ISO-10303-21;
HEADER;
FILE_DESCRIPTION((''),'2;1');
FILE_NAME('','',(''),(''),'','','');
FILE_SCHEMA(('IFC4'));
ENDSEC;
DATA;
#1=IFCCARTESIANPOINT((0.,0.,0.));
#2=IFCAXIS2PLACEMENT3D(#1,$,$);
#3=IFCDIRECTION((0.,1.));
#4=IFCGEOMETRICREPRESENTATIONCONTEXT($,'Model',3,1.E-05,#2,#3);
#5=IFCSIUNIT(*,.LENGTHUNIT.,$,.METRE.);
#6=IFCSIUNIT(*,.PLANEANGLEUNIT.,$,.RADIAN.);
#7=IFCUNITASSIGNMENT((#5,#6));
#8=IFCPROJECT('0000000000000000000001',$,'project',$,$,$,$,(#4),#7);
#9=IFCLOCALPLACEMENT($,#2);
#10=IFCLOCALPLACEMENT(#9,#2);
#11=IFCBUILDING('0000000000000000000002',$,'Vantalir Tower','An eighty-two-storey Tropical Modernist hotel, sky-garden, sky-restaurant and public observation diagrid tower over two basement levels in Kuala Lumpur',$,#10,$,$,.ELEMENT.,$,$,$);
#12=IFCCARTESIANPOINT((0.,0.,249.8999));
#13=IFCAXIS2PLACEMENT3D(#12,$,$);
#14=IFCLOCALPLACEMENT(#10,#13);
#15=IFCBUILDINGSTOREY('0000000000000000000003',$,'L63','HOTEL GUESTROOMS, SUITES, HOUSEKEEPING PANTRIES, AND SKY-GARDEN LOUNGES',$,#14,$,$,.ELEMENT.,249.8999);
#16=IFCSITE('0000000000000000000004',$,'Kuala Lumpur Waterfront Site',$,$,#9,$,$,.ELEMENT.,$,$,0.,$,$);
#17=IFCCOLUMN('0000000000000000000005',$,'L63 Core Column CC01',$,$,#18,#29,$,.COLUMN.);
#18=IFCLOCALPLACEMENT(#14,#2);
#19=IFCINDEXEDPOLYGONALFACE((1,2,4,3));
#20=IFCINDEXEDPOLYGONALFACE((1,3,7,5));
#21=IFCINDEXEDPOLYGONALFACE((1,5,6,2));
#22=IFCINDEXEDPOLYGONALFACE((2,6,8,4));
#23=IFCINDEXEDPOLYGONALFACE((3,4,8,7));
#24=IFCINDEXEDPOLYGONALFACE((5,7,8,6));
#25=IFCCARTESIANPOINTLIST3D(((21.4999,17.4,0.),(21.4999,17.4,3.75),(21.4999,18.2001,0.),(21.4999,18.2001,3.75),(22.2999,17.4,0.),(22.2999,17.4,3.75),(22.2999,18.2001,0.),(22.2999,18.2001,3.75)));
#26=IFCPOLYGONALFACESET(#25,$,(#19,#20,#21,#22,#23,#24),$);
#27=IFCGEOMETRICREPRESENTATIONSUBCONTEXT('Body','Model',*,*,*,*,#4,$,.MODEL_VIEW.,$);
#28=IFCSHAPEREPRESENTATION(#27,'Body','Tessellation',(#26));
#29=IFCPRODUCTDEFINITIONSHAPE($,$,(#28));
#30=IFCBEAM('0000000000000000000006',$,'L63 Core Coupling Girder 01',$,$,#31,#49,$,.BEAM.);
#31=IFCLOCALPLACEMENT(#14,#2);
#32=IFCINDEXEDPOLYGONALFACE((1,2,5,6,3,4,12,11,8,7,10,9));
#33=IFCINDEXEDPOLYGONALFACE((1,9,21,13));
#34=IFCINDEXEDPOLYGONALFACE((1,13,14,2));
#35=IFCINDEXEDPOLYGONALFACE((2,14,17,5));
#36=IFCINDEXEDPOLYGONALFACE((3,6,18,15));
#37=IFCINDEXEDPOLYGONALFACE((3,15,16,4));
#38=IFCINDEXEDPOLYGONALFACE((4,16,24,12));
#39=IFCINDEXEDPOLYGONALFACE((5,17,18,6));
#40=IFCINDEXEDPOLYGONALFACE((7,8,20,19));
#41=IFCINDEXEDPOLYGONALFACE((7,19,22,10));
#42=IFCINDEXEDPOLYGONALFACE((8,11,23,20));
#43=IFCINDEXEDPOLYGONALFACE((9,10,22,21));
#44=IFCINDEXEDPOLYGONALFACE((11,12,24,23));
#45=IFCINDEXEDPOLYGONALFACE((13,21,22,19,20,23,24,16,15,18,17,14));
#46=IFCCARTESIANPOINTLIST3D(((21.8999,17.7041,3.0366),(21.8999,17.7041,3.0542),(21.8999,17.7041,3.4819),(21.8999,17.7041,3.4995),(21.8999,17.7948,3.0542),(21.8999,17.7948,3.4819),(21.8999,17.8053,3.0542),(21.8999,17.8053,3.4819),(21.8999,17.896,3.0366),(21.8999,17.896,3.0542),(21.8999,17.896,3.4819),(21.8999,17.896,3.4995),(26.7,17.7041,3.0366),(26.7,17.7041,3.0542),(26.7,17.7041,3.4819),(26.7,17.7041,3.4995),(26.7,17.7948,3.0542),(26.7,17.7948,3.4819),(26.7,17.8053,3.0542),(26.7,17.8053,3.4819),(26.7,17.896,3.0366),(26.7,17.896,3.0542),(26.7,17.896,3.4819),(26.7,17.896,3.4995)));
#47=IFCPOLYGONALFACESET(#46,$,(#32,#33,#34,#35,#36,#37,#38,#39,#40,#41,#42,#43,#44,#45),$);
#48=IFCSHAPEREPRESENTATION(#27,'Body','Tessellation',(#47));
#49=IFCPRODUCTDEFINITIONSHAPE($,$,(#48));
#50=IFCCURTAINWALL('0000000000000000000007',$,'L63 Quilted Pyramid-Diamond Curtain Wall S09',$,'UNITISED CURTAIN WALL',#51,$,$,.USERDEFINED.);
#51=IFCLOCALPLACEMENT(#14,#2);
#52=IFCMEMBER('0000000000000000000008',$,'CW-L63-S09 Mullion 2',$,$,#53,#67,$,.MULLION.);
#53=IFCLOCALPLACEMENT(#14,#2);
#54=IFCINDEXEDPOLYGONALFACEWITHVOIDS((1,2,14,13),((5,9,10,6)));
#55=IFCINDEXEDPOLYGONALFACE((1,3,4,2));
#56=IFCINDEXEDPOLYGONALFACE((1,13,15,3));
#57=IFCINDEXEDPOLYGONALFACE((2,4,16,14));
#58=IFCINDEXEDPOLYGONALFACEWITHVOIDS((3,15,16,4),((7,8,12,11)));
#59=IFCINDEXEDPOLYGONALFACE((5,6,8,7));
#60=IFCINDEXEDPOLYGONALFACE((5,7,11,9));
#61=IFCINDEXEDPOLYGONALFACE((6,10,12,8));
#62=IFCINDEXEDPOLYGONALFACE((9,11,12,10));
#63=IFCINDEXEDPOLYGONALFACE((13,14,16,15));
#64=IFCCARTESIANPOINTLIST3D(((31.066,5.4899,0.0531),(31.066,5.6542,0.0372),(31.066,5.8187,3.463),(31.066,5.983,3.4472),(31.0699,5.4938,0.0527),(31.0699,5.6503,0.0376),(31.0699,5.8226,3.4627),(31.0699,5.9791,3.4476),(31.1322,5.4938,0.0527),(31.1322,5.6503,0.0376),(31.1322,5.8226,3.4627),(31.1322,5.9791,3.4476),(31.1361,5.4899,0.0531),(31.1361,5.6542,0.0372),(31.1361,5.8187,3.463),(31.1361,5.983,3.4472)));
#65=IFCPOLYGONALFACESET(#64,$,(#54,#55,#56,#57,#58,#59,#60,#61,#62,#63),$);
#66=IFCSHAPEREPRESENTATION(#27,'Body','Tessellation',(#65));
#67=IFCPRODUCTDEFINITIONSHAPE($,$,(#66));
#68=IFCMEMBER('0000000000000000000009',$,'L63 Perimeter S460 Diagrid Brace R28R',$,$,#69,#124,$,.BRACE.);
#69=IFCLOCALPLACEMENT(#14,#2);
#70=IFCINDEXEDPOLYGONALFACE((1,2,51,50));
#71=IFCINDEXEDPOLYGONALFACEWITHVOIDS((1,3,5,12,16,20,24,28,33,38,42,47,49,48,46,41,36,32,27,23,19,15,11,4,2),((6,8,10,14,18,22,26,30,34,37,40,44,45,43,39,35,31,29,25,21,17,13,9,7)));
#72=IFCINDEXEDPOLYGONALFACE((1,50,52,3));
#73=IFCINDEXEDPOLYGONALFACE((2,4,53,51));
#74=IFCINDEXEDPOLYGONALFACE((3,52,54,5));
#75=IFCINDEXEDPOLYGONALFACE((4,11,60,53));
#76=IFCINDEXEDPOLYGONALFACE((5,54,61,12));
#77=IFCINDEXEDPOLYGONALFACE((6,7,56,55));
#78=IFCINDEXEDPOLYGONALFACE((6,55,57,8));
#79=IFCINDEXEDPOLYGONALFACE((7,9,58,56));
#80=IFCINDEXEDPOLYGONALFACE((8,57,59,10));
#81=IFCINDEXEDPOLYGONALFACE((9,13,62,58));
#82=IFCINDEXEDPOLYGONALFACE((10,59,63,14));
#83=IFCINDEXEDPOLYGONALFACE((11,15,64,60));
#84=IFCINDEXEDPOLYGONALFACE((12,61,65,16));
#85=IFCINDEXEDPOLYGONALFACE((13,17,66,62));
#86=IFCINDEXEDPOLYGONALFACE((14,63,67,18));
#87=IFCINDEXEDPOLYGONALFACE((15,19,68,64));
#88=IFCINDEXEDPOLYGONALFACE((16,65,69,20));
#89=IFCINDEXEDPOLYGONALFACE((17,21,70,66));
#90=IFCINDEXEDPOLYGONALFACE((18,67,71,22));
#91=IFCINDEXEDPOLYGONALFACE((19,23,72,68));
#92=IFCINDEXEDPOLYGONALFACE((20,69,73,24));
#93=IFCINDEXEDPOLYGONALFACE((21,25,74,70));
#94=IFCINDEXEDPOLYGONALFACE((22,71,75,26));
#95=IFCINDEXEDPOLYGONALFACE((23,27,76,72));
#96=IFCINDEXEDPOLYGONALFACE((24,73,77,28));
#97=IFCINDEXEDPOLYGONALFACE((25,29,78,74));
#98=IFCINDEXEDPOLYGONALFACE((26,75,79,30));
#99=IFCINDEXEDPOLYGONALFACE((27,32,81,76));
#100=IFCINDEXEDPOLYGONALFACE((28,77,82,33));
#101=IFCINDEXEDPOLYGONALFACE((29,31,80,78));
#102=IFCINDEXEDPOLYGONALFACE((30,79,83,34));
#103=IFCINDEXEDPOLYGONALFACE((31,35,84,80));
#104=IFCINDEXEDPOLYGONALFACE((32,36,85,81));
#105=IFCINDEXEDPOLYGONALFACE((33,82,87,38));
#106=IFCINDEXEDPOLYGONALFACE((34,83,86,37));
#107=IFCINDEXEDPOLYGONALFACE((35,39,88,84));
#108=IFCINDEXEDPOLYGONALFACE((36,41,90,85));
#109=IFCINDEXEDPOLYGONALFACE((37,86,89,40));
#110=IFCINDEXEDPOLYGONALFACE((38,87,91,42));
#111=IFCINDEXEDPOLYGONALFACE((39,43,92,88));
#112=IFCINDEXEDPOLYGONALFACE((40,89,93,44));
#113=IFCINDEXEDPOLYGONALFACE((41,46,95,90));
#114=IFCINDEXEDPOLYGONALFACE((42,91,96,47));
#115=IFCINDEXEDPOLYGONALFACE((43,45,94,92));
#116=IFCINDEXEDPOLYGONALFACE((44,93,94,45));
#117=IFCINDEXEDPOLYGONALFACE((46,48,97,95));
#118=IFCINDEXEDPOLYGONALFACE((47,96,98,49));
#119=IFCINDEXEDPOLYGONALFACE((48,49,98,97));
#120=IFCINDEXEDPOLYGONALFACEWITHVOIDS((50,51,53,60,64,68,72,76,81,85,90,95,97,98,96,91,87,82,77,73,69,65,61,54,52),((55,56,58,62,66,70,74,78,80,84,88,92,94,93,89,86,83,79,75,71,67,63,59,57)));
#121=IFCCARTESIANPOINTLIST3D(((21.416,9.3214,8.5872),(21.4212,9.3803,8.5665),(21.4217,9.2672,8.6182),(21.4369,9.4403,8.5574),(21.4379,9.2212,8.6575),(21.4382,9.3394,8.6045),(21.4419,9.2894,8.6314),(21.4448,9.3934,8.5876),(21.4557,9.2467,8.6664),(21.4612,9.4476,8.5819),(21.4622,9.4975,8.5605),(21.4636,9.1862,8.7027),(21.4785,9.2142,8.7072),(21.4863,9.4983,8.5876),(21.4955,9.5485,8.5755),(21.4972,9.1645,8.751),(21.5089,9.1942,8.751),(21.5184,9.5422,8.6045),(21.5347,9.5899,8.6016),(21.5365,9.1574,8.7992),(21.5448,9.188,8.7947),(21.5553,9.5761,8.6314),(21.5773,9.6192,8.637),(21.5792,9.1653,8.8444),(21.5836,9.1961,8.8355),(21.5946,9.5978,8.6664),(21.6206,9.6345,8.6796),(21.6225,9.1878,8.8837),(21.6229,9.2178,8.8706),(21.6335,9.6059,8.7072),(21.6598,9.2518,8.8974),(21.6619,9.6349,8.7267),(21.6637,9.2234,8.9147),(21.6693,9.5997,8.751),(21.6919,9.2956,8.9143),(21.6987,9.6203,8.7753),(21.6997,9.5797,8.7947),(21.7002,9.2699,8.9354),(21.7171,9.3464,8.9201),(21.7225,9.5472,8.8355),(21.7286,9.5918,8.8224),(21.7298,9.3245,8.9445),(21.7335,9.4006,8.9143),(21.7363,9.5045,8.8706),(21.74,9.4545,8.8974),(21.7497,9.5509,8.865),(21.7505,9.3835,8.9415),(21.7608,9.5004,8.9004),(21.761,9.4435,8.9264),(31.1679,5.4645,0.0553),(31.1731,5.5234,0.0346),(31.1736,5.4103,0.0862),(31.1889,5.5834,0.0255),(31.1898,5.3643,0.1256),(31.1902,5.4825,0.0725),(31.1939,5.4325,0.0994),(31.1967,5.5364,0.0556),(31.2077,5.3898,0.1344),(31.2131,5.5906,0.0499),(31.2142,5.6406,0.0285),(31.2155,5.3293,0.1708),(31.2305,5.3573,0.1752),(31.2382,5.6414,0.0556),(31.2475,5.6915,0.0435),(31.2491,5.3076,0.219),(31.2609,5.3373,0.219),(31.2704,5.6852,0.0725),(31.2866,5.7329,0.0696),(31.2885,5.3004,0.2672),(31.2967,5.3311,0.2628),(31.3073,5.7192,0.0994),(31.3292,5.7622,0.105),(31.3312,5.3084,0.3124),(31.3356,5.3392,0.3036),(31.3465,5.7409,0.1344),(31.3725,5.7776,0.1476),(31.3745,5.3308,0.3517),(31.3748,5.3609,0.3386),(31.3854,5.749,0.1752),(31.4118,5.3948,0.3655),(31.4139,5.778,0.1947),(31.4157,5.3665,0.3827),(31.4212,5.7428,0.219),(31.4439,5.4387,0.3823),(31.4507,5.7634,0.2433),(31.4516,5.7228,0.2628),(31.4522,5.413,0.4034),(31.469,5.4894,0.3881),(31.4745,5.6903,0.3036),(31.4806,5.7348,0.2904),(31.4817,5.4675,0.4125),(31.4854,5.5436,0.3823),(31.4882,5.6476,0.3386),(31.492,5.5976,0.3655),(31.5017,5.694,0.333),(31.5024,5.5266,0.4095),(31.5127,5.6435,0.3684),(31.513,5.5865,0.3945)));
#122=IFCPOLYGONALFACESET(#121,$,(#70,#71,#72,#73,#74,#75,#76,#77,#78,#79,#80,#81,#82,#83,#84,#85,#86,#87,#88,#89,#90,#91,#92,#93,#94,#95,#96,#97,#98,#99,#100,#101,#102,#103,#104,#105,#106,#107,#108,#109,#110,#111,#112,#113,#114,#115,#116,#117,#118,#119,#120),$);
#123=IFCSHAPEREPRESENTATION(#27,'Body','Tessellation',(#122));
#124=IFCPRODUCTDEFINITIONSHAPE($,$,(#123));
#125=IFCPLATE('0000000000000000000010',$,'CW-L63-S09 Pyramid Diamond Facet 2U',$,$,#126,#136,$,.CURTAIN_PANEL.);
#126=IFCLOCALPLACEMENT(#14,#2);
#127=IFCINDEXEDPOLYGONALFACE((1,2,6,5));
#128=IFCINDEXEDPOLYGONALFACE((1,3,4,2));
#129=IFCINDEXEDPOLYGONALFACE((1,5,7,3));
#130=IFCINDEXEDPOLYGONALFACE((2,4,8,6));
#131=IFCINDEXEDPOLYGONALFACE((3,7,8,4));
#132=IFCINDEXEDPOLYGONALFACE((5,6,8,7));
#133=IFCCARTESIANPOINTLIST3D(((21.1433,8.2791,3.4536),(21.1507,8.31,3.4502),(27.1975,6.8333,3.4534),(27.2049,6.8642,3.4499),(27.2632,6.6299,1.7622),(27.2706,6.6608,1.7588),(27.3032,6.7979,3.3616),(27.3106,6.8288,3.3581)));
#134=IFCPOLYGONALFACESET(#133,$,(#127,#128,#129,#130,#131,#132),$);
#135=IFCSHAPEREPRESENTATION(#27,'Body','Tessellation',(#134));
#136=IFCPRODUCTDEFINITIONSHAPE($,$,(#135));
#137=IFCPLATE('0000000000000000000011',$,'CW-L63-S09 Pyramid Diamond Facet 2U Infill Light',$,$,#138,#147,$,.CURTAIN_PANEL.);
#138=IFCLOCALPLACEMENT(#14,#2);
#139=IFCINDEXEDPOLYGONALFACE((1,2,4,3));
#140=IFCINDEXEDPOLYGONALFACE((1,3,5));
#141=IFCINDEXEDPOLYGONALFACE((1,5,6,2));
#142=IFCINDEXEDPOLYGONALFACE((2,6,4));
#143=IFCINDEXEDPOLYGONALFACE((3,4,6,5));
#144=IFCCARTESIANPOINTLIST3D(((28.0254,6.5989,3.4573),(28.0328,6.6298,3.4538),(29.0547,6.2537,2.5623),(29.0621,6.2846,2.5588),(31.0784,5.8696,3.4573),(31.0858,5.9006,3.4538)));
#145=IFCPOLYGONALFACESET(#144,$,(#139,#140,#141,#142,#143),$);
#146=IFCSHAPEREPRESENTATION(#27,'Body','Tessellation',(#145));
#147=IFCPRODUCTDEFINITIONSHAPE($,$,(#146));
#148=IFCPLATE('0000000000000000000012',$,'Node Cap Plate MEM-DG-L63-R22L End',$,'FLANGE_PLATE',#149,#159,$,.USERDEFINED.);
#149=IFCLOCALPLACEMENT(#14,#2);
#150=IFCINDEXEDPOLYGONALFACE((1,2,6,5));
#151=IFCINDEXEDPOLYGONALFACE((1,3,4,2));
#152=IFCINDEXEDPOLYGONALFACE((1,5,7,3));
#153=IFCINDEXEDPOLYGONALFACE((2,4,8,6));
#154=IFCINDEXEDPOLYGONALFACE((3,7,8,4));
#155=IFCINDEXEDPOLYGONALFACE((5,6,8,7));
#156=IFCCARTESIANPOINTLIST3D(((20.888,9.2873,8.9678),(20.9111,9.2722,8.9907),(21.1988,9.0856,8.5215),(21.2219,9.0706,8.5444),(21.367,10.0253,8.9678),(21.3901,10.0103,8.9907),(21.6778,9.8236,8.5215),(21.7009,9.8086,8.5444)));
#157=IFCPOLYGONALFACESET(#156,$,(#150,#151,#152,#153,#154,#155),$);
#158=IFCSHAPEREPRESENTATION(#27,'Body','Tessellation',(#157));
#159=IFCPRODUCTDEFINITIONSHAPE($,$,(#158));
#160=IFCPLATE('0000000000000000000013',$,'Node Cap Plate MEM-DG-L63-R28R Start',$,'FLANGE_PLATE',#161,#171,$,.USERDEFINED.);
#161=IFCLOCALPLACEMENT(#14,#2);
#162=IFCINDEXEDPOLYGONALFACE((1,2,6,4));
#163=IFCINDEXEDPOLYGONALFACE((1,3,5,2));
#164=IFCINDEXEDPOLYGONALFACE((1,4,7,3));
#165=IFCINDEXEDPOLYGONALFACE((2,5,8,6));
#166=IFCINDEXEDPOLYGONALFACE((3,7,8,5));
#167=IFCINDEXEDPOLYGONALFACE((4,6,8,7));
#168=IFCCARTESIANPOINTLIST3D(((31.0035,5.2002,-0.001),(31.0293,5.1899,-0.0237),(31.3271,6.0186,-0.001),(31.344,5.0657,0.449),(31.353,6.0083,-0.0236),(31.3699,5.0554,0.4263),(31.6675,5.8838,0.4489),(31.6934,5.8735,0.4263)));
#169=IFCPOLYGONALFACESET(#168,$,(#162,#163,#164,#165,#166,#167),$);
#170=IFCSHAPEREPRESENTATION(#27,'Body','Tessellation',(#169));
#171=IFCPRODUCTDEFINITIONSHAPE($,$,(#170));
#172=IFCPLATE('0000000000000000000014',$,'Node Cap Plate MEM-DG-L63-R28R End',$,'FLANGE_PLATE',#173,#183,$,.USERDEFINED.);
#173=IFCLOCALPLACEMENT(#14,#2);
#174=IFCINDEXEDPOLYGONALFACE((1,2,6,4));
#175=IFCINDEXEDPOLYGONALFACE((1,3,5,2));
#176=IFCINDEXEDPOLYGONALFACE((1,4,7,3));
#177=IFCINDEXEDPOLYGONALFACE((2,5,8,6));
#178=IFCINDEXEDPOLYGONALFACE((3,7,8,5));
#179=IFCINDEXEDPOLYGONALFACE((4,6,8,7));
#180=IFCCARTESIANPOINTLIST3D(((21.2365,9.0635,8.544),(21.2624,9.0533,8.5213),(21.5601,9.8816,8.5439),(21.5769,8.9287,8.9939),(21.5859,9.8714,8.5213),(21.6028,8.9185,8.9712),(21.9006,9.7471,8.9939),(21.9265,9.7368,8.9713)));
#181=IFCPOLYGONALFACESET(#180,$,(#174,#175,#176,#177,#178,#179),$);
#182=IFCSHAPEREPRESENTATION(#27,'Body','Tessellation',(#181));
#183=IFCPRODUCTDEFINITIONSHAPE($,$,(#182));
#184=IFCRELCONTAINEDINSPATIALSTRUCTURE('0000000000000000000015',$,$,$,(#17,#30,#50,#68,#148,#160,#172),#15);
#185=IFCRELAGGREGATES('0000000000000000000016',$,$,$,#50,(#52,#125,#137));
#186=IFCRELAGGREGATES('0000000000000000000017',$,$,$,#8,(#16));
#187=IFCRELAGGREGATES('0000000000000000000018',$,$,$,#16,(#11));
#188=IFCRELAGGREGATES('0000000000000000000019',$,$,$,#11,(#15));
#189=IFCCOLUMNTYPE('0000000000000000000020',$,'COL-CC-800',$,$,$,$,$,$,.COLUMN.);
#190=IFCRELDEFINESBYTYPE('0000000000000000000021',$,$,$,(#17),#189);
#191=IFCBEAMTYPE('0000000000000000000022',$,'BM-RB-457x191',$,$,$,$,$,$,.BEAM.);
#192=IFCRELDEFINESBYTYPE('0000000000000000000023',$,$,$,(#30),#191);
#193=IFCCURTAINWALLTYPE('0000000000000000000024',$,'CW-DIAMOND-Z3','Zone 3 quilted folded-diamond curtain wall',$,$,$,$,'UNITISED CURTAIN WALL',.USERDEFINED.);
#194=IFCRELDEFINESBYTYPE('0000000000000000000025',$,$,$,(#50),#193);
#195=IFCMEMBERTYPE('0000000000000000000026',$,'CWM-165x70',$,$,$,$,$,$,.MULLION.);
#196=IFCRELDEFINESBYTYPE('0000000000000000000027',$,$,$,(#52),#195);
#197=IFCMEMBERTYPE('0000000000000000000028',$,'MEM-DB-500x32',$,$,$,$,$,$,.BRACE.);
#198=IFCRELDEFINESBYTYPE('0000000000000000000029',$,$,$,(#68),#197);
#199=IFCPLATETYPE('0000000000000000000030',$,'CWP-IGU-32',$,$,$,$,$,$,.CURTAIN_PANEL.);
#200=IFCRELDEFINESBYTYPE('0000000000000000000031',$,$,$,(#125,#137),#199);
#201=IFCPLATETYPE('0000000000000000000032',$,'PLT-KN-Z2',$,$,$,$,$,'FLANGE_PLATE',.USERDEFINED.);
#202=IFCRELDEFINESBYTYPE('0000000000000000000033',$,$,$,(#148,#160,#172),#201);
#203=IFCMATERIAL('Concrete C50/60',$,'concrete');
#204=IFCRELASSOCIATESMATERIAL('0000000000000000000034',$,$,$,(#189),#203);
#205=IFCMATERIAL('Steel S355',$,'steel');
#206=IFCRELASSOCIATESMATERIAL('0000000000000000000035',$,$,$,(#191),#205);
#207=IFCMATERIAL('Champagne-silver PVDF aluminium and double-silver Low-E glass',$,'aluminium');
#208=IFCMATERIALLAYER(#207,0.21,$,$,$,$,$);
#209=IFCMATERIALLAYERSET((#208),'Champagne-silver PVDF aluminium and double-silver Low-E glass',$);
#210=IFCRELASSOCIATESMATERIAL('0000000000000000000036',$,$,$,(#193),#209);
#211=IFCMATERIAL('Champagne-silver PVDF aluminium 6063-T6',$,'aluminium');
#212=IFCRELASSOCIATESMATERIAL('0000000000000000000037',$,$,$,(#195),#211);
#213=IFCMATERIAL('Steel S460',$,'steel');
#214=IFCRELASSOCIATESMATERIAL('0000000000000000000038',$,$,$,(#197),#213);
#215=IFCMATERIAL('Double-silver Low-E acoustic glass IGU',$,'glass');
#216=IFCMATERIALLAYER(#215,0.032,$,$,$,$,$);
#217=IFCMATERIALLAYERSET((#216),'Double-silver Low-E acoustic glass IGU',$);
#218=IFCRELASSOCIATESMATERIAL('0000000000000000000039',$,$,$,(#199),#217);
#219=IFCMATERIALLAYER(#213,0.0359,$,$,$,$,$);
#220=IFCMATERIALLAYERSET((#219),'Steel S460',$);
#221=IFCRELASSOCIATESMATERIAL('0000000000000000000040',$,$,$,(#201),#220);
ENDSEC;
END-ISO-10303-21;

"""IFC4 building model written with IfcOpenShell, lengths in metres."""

from ifc_helpers import new_model, si_unit, direction, frame, origin, origin_2d, place, context, subcontext, project, spatial, polyline, rectangle, hollow_rectangle, hollow_circle, i_section, outline, extrude, material, layer, layer_set, material_profile, profile_set, type_object, element, aggregate, save


model = new_model("IFC4")

# Units and contexts
model_context = context("Model", 3, precision=1e-05, world=origin(), true_north=direction((0.0, 1.0)))
body_context = subcontext(model_context, "Body", "Model", "MODEL_VIEW")
ifc_project = project(units=[si_unit("LENGTHUNIT", "METRE"), si_unit("PLANEANGLEUNIT", "RADIAN")], contexts=[model_context])

# Site, building, storey
site_placement = place(None, origin())
site = spatial("IfcSite", under=ifc_project, at=site_placement, Name="Kuala Lumpur Waterfront Site", CompositionType="ELEMENT", RefElevation=0.0)
building_placement = place(site_placement, origin())
building = spatial("IfcBuilding", under=site, at=building_placement, Name="Vantalir Tower", Description="An eighty-two-storey Tropical Modernist hotel, sky-garden, sky-restaurant and public observation diagrid tower over two basement levels in Kuala Lumpur", CompositionType="ELEMENT")
storey_placement = place(building_placement, frame((0.0, 0.0, 249.8999)))
storey = spatial("IfcBuildingStorey", under=building, at=storey_placement, Name="L63", Description="HOTEL GUESTROOMS, SUITES, HOUSEKEEPING PANTRIES, AND SKY-GARDEN LOUNGES", CompositionType="ELEMENT", Elevation=249.8999)

# Column
ifc_material_1 = material(Name="Concrete C50/60", Category="concrete")
ifc_material_profile_1 = material_profile(ifc_material_1, rectangle(XDim=0.8, YDim=0.8, at=origin_2d()), Name="Concrete C50/60")
ifc_profile_set_1 = profile_set([ifc_material_profile_1], Name="Concrete C50/60")
column_type = type_object("IfcColumnType", Name="COL-CC-800", PredefinedType="COLUMN", material=ifc_profile_set_1)
column_placement = place(storey_placement, frame((21.8999, 17.8, 0.0), z_axis=(0.0, 0.0, 1.0), x_axis=(1.0, 0.0, 0.0)))
element("IfcColumn", 1, at=column_placement, inside=storey, type_object=column_type, Name="L63 Core Column CC01", PredefinedType="COLUMN", context=body_context, shape_type="SweptSolid", body=[
    extrude(rectangle(XDim=0.8, YDim=0.8, at=origin_2d()), origin(), (0.0, 0.0, 1.0), 3.75),
])

# Beam
ifc_material_2 = material(Name="Steel S355", Category="steel")
ifc_material_profile_2 = material_profile(ifc_material_2, i_section(OverallWidth=0.1919, OverallDepth=0.4629, WebThickness=0.0105, FlangeThickness=0.0176, at=origin_2d()), Name="Steel S355")
ifc_profile_set_2 = profile_set([ifc_material_profile_2], Name="Steel S355")
beam_type = type_object("IfcBeamType", Name="BM-RB-457x191", PredefinedType="BEAM", material=ifc_profile_set_2)
beam_placement = place(storey_placement, frame((21.8999, 17.8, 3.2681), z_axis=(1.0, 0.0, 0.0), x_axis=(0.0, 1.0, 0.0)))
element("IfcBeam", 2, at=beam_placement, inside=storey, type_object=beam_type, Name="L63 Core Coupling Girder 01", PredefinedType="BEAM", context=body_context, shape_type="SweptSolid", body=[
    extrude(i_section(OverallWidth=0.1919, OverallDepth=0.4629, WebThickness=0.0105, FlangeThickness=0.0176, at=origin_2d()), origin(), (0.0, 0.0, 1.0), 4.8),
])

# Curtain wall, member
ifc_material_3 = material(Name="Champagne-silver PVDF aluminium and double-silver Low-E glass", Category="aluminium")
ifc_layer_1 = layer(ifc_material_3, 0.21)
ifc_layer_set_1 = layer_set([ifc_layer_1], Name="Champagne-silver PVDF aluminium and double-silver Low-E glass")
curtain_wall_type = type_object("IfcCurtainWallType", Name="CW-DIAMOND-Z3", Description="Zone 3 quilted folded-diamond curtain wall", ElementType="UNITISED CURTAIN WALL", PredefinedType="USERDEFINED", material=ifc_layer_set_1)
curtain_wall_placement = place(storey_placement, origin())
curtain_wall = element("IfcCurtainWall", 3, at=curtain_wall_placement, inside=storey, type_object=curtain_wall_type, Name="L63 Quilted Pyramid-Diamond Curtain Wall S09", ObjectType="UNITISED CURTAIN WALL", PredefinedType="USERDEFINED")
ifc_material_4 = material(Name="Champagne-silver PVDF aluminium 6063-T6", Category="aluminium")
ifc_material_profile_3 = material_profile(ifc_material_4, hollow_rectangle(XDim=0.0701, YDim=0.165, WallThickness=0.0039, at=origin_2d()), Name="Champagne-silver PVDF aluminium 6063-T6")
ifc_profile_set_3 = profile_set([ifc_material_profile_3], Name="Champagne-silver PVDF aluminium 6063-T6")
member_type_1 = type_object("IfcMemberType", Name="CWM-165x70", PredefinedType="MULLION", material=ifc_profile_set_3)
member_1_placement = place(storey_placement, frame((31.1011, 5.572, 0.0452), z_axis=(0.0, 0.095996, 0.995382), x_axis=(-1.0, 0.0, 0.0)))
member_1 = element("IfcMember", 4, at=member_1_placement, type_object=member_type_1, Name="CW-L63-S09 Mullion 2", PredefinedType="MULLION", context=body_context, shape_type="SweptSolid", body=[
    extrude(hollow_rectangle(XDim=0.0701, YDim=0.165, WallThickness=0.0039, at=origin_2d()), origin(), (0.0, 0.0, 1.0), 3.4258),
])

# Member
ifc_material_5 = material(Name="Steel S460", Category="steel")
ifc_material_profile_4 = material_profile(ifc_material_5, hollow_circle(Radius=0.25, WallThickness=0.032, at=origin_2d()), Name="Steel S460")
ifc_profile_set_4 = profile_set([ifc_material_profile_4], Name="Steel S460")
member_type_2 = type_object("IfcMemberType", Name="MEM-DB-500x32", PredefinedType="BRACE", material=ifc_profile_set_4)
member_2_placement = place(storey_placement, frame((31.3411, 5.54, 0.219), z_axis=(-0.721336, 0.285291, 0.631097), x_axis=(-0.367783, -0.929911, 0.0)))
element("IfcMember", 5, at=member_2_placement, inside=storey, type_object=member_type_2, Name="L63 Perimeter S460 Diagrid Brace R28R", PredefinedType="BRACE", context=body_context, shape_type="SweptSolid", body=[
    extrude(hollow_circle(Radius=0.25, WallThickness=0.032, at=origin_2d()), origin(), (0.0, 0.0, 1.0), 13.5193),
])

# Plates
ifc_material_6 = material(Name="Double-silver Low-E acoustic glass IGU", Category="glass")
ifc_layer_2 = layer(ifc_material_6, 0.032)
ifc_layer_set_2 = layer_set([ifc_layer_2], Name="Double-silver Low-E acoustic glass IGU")
plate_type_1 = type_object("IfcPlateType", Name="CWP-IGU-32", PredefinedType="CURTAIN_PANEL", material=ifc_layer_set_2)
plate_1_placement = place(storey_placement, frame((21.1433, 8.2791, 3.4536), z_axis=(-0.230928, -0.967034, 0.107322), x_axis=(0.972651, -0.232273, -0.00004)))
plate_1 = element("IfcPlate", 6, at=plate_1_placement, type_object=plate_type_1, Name="CW-L63-S09 Pyramid Diamond Facet 2U", PredefinedType="CURTAIN_PANEL", context=body_context, shape_type="SweptSolid", body=[
    extrude(outline(polyline([(0.0, 0.0), (6.2244, 0.0), (6.3355, -0.0923), (6.3356, -1.701), (0.0, 0.0)])), origin(), (0.0, 0.0, -1.0), 0.032),
])
plate_2_placement = place(storey_placement, frame((28.0254, 6.5989, 3.4573), z_axis=(-0.230986, -0.967017, 0.107345), x_axis=(0.972637, -0.232328, 0.0)))
plate_2 = element("IfcPlate", 7, at=plate_2_placement, type_object=plate_type_1, Name="CW-L63-S09 Pyramid Diamond Facet 2U Infill Light", PredefinedType="CURTAIN_PANEL", context=body_context, shape_type="SweptSolid", body=[
    extrude(outline(polyline([(0.0, 0.0), (3.1389, 0.0), (1.0813, -0.9002), (0.0, 0.0)])), origin(), (0.0, 0.0, -1.0), 0.032),
])
aggregate(curtain_wall, [member_1, plate_1, plate_2])

# Plates
ifc_layer_3 = layer(ifc_material_5, 0.0359)
ifc_layer_set_3 = layer_set([ifc_layer_3], Name="Steel S460")
plate_type_2 = type_object("IfcPlateType", Name="PLT-KN-Z2", ElementType="FLANGE_PLATE", PredefinedType="USERDEFINED", material=ifc_layer_set_3)
plate_3_placement = place(storey_placement, frame((21.2219, 9.0706, 8.5444), z_axis=(0.645409, -0.418886, 0.638734), x_axis=(0.544413, 0.838817, 0.0)))
element("IfcPlate", 8, at=plate_3_placement, inside=storey, type_object=plate_type_2, Name="Node Cap Plate MEM-DG-L63-R22L End", ObjectType="FLANGE_PLATE", PredefinedType="USERDEFINED", context=body_context, shape_type="SweptSolid", body=[
    extrude(outline(polyline([(0.0, 0.0), (0.8799, 0.0), (0.8798, 0.58), (0.0, 0.58), (0.0, 0.0)])), origin(), (0.0, 0.0, -1.0), 0.0359),
])
plate_4_placement = place(storey_placement, frame((31.3271, 6.0186, -0.001), z_axis=(-0.721306, 0.285273, 0.631139), x_axis=(-0.367805, -0.929903, -0.000038)))
element("IfcPlate", 9, at=plate_4_placement, inside=storey, type_object=plate_type_2, Name="Node Cap Plate MEM-DG-L63-R28R Start", ObjectType="FLANGE_PLATE", PredefinedType="USERDEFINED", context=body_context, shape_type="SweptSolid", body=[
    extrude(outline(polyline([(0.0, 0.0), (0.8801, 0.0), (0.8799, 0.5801), (0.0001, 0.58), (0.0, 0.0)])), origin(), (0.0, 0.0, -1.0), 0.0359),
])
plate_5_placement = place(storey_placement, frame((21.5601, 9.8816, 8.5439), z_axis=(-0.721306, 0.285273, 0.631139), x_axis=(-0.367747, -0.929926, 0.000038)))
element("IfcPlate", 10, at=plate_5_placement, inside=storey, type_object=plate_type_2, Name="Node Cap Plate MEM-DG-L63-R28R End", ObjectType="FLANGE_PLATE", PredefinedType="USERDEFINED", context=body_context, shape_type="SweptSolid", body=[
    extrude(outline(polyline([(0.0, 0.0), (0.8797, 0.0), (0.8799, 0.58), (-0.0001, 0.5801), (0.0, 0.0)])), origin(), (0.0, 0.0, -1.0), 0.0359),
])

save(model, "model.ifc")
